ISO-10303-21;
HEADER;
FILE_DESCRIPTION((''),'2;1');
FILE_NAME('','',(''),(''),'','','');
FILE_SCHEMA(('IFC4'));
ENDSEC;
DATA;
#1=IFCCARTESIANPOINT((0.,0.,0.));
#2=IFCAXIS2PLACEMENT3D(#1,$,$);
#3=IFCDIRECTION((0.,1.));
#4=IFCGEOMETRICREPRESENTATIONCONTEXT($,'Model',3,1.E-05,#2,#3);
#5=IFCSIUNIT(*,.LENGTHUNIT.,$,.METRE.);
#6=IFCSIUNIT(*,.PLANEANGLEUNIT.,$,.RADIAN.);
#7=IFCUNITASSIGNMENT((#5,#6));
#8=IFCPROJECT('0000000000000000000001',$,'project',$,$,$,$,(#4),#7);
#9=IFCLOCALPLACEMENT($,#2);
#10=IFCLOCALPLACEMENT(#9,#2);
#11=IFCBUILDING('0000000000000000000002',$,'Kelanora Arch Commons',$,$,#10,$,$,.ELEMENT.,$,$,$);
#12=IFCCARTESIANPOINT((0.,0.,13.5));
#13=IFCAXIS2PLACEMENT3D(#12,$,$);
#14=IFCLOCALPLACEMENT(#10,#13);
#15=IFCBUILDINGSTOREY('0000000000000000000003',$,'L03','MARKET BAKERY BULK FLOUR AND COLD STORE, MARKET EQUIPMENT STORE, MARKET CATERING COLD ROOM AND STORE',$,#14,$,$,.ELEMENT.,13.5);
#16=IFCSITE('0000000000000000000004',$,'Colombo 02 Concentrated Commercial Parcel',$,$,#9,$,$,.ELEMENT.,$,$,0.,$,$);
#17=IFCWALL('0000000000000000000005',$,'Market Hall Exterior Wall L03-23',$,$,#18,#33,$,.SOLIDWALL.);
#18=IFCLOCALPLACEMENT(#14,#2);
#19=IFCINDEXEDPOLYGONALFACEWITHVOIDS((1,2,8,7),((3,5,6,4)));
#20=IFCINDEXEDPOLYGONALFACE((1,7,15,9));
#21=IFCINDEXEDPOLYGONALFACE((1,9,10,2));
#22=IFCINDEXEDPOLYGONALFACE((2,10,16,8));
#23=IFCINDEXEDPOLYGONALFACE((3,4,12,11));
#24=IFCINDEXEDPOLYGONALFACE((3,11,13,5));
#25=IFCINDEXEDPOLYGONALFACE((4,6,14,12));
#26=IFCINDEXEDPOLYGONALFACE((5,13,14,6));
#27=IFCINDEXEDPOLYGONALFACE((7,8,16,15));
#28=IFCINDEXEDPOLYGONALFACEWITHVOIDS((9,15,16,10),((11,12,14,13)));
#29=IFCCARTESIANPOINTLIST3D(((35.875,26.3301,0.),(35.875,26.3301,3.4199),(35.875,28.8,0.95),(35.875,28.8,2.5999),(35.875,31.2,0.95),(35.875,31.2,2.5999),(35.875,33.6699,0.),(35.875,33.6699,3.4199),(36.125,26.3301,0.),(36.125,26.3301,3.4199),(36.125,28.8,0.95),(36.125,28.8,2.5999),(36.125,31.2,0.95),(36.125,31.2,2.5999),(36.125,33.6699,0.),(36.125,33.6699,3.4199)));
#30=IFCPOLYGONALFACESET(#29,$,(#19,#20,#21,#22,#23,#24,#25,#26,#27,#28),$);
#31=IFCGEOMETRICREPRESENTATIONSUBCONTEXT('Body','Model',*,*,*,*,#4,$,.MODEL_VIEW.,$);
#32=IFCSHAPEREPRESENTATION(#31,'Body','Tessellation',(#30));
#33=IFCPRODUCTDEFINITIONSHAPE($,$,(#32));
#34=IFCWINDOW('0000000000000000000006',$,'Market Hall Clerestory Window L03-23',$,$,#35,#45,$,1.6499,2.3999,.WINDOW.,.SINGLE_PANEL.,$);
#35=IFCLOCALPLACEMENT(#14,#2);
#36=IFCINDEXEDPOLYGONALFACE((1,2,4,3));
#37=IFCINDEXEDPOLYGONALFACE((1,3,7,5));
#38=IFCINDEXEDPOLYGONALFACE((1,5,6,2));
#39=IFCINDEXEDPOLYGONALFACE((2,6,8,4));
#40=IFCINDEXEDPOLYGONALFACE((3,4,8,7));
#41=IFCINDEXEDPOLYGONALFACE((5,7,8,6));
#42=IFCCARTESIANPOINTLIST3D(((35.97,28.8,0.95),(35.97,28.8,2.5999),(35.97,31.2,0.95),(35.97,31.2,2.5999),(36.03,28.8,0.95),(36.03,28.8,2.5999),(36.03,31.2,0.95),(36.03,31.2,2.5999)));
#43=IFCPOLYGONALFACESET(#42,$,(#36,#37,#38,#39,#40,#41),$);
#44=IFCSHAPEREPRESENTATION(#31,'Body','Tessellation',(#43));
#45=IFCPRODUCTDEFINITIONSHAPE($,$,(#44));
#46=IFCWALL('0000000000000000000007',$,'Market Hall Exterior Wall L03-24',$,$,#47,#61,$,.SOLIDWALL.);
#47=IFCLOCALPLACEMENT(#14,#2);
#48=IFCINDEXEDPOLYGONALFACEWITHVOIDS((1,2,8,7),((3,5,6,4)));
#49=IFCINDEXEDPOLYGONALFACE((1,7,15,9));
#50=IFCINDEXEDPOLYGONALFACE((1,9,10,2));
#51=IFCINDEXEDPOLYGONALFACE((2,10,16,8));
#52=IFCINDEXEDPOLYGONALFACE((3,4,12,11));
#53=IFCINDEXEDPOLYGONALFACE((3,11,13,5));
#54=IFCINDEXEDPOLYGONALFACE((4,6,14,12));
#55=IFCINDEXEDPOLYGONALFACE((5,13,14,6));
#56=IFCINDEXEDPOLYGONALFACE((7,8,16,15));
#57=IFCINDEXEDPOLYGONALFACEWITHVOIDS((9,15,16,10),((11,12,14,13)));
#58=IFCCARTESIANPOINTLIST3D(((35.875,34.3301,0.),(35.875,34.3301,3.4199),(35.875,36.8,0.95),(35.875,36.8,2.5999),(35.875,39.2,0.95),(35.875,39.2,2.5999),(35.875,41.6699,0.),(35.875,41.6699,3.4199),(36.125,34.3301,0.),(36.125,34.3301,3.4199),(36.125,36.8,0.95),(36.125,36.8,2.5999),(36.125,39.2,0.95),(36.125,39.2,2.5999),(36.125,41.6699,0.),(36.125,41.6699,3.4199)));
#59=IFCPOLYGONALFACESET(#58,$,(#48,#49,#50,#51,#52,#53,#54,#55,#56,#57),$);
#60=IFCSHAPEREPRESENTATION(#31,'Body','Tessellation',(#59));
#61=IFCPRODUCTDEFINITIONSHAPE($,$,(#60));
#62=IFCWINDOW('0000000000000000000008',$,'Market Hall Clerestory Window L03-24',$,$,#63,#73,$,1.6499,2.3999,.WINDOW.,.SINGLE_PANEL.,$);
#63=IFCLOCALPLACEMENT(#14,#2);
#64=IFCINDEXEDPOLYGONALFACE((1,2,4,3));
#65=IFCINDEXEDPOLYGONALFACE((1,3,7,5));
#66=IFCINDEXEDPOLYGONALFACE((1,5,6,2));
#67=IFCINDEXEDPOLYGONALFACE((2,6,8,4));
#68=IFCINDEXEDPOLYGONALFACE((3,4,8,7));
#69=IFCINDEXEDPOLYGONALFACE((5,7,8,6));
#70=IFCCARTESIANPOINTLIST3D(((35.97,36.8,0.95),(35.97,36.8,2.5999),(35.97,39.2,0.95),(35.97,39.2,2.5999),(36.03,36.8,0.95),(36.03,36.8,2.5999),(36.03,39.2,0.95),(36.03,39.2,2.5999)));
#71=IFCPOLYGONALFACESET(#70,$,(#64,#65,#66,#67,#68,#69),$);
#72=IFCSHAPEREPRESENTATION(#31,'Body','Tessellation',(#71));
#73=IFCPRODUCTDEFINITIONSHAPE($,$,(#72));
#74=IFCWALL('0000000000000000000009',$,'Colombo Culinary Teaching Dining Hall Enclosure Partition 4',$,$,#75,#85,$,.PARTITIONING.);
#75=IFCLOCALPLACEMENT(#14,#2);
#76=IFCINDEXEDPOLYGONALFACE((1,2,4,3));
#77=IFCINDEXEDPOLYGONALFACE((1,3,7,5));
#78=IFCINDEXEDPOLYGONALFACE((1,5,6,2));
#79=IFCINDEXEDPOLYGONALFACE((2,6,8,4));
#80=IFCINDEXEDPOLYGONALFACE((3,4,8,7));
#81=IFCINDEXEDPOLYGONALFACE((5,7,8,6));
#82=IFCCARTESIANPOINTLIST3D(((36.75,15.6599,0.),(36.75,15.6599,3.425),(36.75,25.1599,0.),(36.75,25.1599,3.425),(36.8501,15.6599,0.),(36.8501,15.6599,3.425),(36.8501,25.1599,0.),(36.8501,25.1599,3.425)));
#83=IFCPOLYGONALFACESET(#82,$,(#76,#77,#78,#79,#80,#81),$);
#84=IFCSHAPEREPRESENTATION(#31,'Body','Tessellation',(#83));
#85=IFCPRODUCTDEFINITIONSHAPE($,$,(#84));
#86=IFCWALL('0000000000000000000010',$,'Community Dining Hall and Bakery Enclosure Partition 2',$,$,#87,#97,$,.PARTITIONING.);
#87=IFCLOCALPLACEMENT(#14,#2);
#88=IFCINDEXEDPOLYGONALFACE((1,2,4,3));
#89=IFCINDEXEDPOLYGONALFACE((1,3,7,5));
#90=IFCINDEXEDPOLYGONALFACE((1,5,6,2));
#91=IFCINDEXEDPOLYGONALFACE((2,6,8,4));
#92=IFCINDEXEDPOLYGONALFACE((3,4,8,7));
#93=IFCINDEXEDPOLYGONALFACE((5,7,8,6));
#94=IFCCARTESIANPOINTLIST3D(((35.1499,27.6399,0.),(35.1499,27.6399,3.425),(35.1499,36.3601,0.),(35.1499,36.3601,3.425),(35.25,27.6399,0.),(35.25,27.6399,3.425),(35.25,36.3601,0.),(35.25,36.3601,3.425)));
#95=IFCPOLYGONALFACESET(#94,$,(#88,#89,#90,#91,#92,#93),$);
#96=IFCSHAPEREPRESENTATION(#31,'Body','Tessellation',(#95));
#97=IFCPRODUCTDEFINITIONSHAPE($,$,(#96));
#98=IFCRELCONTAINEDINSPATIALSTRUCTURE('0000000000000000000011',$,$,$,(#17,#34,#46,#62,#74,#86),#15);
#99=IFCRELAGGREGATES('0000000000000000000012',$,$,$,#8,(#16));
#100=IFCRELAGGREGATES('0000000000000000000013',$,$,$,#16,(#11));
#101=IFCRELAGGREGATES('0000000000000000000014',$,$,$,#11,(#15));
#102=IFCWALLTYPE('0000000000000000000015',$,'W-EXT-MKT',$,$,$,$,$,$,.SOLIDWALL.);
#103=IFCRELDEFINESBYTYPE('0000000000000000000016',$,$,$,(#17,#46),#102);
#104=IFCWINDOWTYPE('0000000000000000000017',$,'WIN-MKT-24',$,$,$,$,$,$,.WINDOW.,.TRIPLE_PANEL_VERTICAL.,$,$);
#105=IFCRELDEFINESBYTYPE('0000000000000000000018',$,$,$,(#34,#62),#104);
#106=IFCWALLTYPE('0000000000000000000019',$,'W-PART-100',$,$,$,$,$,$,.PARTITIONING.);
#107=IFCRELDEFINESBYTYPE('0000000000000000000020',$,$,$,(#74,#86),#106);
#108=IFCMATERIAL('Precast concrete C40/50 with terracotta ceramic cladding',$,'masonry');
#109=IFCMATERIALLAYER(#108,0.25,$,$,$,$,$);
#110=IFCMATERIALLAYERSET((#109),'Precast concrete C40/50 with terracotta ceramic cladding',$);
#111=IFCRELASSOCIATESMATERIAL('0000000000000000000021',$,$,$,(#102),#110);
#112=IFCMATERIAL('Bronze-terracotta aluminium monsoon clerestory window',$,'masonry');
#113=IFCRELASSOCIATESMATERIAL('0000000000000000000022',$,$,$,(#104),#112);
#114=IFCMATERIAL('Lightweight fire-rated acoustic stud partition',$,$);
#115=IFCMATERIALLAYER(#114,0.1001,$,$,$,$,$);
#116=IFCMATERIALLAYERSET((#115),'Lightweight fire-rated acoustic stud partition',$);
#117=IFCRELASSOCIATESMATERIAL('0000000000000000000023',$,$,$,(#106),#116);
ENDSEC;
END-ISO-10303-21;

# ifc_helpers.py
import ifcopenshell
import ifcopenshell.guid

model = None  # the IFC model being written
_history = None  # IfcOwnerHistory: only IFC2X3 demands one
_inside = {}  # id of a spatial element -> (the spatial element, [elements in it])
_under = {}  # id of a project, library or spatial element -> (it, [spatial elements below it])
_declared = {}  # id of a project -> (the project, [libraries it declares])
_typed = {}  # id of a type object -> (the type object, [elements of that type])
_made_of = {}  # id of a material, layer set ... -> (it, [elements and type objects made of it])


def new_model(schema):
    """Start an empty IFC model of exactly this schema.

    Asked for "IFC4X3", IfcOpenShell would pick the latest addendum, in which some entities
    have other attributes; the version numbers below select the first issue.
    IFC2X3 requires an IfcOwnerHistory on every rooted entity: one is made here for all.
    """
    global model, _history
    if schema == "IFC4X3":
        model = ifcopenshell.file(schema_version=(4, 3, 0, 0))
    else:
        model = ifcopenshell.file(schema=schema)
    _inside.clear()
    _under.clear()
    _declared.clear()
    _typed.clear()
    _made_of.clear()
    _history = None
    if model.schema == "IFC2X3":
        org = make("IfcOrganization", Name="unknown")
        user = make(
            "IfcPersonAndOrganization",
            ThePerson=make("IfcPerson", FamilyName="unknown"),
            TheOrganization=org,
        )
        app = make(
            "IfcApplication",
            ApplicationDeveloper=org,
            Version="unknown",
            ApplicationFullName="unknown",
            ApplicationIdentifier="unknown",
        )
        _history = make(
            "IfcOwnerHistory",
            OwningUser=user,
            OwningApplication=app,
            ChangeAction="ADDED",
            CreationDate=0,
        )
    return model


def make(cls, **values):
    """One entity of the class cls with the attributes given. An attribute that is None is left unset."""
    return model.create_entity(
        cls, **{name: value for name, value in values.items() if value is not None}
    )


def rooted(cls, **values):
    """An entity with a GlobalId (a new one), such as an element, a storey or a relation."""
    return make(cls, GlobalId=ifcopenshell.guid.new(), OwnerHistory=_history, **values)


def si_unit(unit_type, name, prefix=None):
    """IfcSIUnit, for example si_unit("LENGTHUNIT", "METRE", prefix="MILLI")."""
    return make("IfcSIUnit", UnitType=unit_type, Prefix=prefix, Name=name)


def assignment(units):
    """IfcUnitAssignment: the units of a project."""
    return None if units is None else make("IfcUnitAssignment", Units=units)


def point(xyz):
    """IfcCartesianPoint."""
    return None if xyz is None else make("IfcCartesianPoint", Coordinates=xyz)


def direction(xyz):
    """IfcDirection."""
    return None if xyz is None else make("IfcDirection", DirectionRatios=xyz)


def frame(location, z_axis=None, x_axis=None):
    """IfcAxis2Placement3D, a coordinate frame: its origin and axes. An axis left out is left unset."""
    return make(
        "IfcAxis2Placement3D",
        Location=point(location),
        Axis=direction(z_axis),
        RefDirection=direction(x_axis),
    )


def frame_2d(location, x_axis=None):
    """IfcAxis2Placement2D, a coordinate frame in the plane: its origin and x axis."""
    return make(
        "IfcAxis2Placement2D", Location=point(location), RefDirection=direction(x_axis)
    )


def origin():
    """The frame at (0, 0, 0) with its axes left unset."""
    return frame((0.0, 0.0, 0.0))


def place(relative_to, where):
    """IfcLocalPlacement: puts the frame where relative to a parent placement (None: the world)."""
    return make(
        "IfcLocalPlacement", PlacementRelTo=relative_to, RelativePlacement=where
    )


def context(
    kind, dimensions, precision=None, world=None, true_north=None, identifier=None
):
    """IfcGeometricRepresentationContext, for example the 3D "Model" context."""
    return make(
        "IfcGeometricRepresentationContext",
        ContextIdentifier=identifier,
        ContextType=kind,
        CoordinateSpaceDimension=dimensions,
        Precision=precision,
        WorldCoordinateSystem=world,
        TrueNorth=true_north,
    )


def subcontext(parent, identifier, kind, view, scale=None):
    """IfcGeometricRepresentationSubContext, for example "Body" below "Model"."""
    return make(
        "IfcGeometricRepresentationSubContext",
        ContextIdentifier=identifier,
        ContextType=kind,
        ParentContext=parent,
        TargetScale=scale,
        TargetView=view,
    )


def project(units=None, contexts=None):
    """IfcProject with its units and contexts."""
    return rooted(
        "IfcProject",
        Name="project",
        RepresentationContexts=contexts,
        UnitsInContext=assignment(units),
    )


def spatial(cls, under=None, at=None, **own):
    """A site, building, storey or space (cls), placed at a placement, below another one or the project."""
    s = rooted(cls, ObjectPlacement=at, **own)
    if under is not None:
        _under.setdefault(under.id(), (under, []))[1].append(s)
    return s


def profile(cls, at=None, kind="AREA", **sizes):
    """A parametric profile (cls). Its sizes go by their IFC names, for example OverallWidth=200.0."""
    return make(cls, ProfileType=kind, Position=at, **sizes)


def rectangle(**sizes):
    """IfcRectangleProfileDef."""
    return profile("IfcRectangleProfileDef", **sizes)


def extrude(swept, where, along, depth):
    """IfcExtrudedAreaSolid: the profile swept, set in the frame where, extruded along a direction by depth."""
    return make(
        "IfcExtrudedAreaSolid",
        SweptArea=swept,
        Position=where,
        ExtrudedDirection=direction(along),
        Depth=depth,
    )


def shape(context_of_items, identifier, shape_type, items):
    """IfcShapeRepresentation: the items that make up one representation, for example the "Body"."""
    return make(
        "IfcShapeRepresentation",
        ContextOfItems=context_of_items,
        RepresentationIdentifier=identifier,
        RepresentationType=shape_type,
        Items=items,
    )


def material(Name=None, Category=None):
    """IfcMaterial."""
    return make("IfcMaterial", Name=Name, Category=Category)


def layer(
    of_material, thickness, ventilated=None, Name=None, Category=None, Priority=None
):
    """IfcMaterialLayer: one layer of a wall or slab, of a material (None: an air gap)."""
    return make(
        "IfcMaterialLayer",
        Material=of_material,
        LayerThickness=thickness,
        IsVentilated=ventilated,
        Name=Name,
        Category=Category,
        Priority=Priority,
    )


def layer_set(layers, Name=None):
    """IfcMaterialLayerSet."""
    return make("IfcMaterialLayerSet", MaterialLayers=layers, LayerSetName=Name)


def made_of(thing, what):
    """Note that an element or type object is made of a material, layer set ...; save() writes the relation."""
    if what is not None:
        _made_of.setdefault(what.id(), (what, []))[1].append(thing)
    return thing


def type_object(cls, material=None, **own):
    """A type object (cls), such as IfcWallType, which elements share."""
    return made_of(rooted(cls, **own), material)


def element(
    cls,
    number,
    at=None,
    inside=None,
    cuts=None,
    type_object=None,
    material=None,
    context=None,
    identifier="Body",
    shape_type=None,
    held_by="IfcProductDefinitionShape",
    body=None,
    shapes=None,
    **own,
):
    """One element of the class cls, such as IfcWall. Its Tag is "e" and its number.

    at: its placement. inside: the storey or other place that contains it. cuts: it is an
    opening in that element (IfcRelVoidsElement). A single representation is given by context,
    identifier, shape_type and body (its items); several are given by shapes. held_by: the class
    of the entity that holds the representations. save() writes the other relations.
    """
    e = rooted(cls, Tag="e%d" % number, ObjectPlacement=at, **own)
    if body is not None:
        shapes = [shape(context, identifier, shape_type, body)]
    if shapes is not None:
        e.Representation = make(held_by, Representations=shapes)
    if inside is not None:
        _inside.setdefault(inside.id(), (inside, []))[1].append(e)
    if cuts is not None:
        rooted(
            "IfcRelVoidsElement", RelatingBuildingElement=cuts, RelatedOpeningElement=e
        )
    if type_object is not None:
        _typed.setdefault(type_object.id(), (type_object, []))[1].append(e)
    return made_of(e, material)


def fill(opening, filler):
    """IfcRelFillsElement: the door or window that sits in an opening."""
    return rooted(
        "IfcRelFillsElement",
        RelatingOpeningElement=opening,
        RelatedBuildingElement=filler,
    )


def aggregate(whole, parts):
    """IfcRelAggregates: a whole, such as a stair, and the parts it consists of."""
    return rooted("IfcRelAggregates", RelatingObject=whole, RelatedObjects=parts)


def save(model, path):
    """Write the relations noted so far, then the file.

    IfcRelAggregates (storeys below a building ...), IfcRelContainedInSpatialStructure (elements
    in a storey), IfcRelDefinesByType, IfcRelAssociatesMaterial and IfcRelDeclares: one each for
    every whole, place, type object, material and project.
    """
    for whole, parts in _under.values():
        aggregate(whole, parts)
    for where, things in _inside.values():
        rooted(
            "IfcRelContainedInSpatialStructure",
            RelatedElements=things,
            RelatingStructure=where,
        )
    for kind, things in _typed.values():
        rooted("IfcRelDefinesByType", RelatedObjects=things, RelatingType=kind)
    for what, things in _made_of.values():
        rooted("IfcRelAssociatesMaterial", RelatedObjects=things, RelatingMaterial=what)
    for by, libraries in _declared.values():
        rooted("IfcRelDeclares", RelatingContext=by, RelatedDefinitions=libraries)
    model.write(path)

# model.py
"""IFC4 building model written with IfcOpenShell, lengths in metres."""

from ifc_helpers import new_model, si_unit, direction, frame, frame_2d, origin, place, context, subcontext, project, spatial, rectangle, extrude, material, layer, layer_set, type_object, element, fill, save


model = new_model("IFC4")

# Units and contexts
model_context = context("Model", 3, precision=1e-05, world=origin(), true_north=direction((0.0, 1.0)))
body_context = subcontext(model_context, "Body", "Model", "MODEL_VIEW")
ifc_project = project(units=[si_unit("LENGTHUNIT", "METRE"), si_unit("PLANEANGLEUNIT", "RADIAN")], contexts=[model_context])

# Site, building, storey
site_placement = place(None, origin())
site = spatial("IfcSite", under=ifc_project, at=site_placement, Name="Colombo 02 Concentrated Commercial Parcel", CompositionType="ELEMENT", RefElevation=0.0)
building_placement = place(site_placement, origin())
building = spatial("IfcBuilding", under=site, at=building_placement, Name="Kelanora Arch Commons", CompositionType="ELEMENT")
storey_placement = place(building_placement, frame((0.0, 0.0, 13.5)))
storey = spatial("IfcBuildingStorey", under=building, at=storey_placement, Name="L03", Description="MARKET BAKERY BULK FLOUR AND COLD STORE, MARKET EQUIPMENT STORE, MARKET CATERING COLD ROOM AND STORE", CompositionType="ELEMENT", Elevation=13.5)

# Walls, openings, windows
ifc_material_1 = material(Name="Precast concrete C40/50 with terracotta ceramic cladding", Category="masonry")
ifc_layer_1 = layer(ifc_material_1, 0.25)
ifc_layer_set_1 = layer_set([ifc_layer_1], Name="Precast concrete C40/50 with terracotta ceramic cladding")
wall_type_1 = type_object("IfcWallType", Name="W-EXT-MKT", PredefinedType="SOLIDWALL", material=ifc_layer_set_1)
wall_1_placement = place(storey_placement, frame((36.0, 26.3301, 0.0), z_axis=(0.0, 0.0, 1.0), x_axis=(0.0, 1.0, 0.0)))
wall_1 = element("IfcWall", 1, at=wall_1_placement, inside=storey, type_object=wall_type_1, Name="Market Hall Exterior Wall L03-23", PredefinedType="SOLIDWALL", context=body_context, shape_type="SweptSolid", body=[
    extrude(rectangle(XDim=7.3398, YDim=0.25, at=frame_2d((3.6699, 0.0))), origin(), (0.0, 0.0, 1.0), 3.4199),
])
opening_1_placement = place(wall_1_placement, frame((2.47, 0.0, 0.95)))
opening_1 = element("IfcOpeningElement", 2, at=opening_1_placement, cuts=wall_1, PredefinedType="OPENING", context=body_context, shape_type="SweptSolid", body=[
    extrude(rectangle(XDim=2.3999, YDim=1.6499, at=frame_2d((1.2, 0.825))), frame((0.0, 0.135, 0.0), z_axis=(0.0, -1.0, 0.0), x_axis=(1.0, 0.0, 0.0)), (0.0, 0.0, 1.0), 0.27),
])
ifc_material_2 = material(Name="Bronze-terracotta aluminium monsoon clerestory window", Category="masonry")
window_type = type_object("IfcWindowType", Name="WIN-MKT-24", PartitioningType="TRIPLE_PANEL_VERTICAL", PredefinedType="WINDOW", material=ifc_material_2)
window_1_placement = place(opening_1_placement, origin())
window_1 = element("IfcWindow", 3, at=window_1_placement, inside=storey, type_object=window_type, Name="Market Hall Clerestory Window L03-23", OverallHeight=1.6499, OverallWidth=2.3999, PartitioningType="SINGLE_PANEL", PredefinedType="WINDOW", context=body_context, shape_type="SweptSolid", body=[
    extrude(rectangle(XDim=2.3999, YDim=1.6499, at=frame_2d((1.2, 0.825))), frame((0.0, 0.03, 0.0), z_axis=(0.0, -1.0, 0.0), x_axis=(1.0, 0.0, 0.0)), (0.0, 0.0, 1.0), 0.0601),
])
fill(opening_1, window_1)
wall_2_placement = place(storey_placement, frame((36.0, 34.3301, 0.0), z_axis=(0.0, 0.0, 1.0), x_axis=(0.0, 1.0, 0.0)))
wall_2 = element("IfcWall", 4, at=wall_2_placement, inside=storey, type_object=wall_type_1, Name="Market Hall Exterior Wall L03-24", PredefinedType="SOLIDWALL", context=body_context, shape_type="SweptSolid", body=[
    extrude(rectangle(XDim=7.3398, YDim=0.25, at=frame_2d((3.6699, 0.0))), origin(), (0.0, 0.0, 1.0), 3.4199),
])
opening_2_placement = place(wall_2_placement, frame((2.47, 0.0, 0.95)))
opening_2 = element("IfcOpeningElement", 5, at=opening_2_placement, cuts=wall_2, PredefinedType="OPENING", context=body_context, shape_type="SweptSolid", body=[
    extrude(rectangle(XDim=2.3999, YDim=1.6499, at=frame_2d((1.2, 0.825))), frame((0.0, 0.135, 0.0), z_axis=(0.0, -1.0, 0.0), x_axis=(1.0, 0.0, 0.0)), (0.0, 0.0, 1.0), 0.27),
])
window_2_placement = place(opening_2_placement, origin())
window_2 = element("IfcWindow", 6, at=window_2_placement, inside=storey, type_object=window_type, Name="Market Hall Clerestory Window L03-24", OverallHeight=1.6499, OverallWidth=2.3999, PartitioningType="SINGLE_PANEL", PredefinedType="WINDOW", context=body_context, shape_type="SweptSolid", body=[
    extrude(rectangle(XDim=2.3999, YDim=1.6499, at=frame_2d((1.2, 0.825))), frame((0.0, 0.03, 0.0), z_axis=(0.0, -1.0, 0.0), x_axis=(1.0, 0.0, 0.0)), (0.0, 0.0, 1.0), 0.0601),
])
fill(opening_2, window_2)

# Walls
ifc_material_3 = material(Name="Lightweight fire-rated acoustic stud partition")
ifc_layer_2 = layer(ifc_material_3, 0.1001)
ifc_layer_set_2 = layer_set([ifc_layer_2], Name="Lightweight fire-rated acoustic stud partition")
wall_type_2 = type_object("IfcWallType", Name="W-PART-100", PredefinedType="PARTITIONING", material=ifc_layer_set_2)
wall_3_placement = place(storey_placement, frame((36.8, 25.1599, 0.0), z_axis=(0.0, 0.0, 1.0), x_axis=(0.0, -1.0, 0.0)))
element("IfcWall", 7, at=wall_3_placement, inside=storey, type_object=wall_type_2, Name="Colombo Culinary Teaching Dining Hall Enclosure Partition 4", PredefinedType="PARTITIONING", context=body_context, shape_type="SweptSolid", body=[
    extrude(rectangle(XDim=9.5, YDim=0.1001, at=frame_2d((4.75, 0.0))), origin(), (0.0, 0.0, 1.0), 3.425),
])
wall_4_placement = place(storey_placement, frame((35.2, 27.6399, 0.0), z_axis=(0.0, 0.0, 1.0), x_axis=(0.0, 1.0, 0.0)))
element("IfcWall", 8, at=wall_4_placement, inside=storey, type_object=wall_type_2, Name="Community Dining Hall and Bakery Enclosure Partition 2", PredefinedType="PARTITIONING", context=body_context, shape_type="SweptSolid", body=[
    extrude(rectangle(XDim=8.7202, YDim=0.1001, at=frame_2d((4.3601, 0.0))), origin(), (0.0, 0.0, 1.0), 3.425),
])

save(model, "model.ifc")
